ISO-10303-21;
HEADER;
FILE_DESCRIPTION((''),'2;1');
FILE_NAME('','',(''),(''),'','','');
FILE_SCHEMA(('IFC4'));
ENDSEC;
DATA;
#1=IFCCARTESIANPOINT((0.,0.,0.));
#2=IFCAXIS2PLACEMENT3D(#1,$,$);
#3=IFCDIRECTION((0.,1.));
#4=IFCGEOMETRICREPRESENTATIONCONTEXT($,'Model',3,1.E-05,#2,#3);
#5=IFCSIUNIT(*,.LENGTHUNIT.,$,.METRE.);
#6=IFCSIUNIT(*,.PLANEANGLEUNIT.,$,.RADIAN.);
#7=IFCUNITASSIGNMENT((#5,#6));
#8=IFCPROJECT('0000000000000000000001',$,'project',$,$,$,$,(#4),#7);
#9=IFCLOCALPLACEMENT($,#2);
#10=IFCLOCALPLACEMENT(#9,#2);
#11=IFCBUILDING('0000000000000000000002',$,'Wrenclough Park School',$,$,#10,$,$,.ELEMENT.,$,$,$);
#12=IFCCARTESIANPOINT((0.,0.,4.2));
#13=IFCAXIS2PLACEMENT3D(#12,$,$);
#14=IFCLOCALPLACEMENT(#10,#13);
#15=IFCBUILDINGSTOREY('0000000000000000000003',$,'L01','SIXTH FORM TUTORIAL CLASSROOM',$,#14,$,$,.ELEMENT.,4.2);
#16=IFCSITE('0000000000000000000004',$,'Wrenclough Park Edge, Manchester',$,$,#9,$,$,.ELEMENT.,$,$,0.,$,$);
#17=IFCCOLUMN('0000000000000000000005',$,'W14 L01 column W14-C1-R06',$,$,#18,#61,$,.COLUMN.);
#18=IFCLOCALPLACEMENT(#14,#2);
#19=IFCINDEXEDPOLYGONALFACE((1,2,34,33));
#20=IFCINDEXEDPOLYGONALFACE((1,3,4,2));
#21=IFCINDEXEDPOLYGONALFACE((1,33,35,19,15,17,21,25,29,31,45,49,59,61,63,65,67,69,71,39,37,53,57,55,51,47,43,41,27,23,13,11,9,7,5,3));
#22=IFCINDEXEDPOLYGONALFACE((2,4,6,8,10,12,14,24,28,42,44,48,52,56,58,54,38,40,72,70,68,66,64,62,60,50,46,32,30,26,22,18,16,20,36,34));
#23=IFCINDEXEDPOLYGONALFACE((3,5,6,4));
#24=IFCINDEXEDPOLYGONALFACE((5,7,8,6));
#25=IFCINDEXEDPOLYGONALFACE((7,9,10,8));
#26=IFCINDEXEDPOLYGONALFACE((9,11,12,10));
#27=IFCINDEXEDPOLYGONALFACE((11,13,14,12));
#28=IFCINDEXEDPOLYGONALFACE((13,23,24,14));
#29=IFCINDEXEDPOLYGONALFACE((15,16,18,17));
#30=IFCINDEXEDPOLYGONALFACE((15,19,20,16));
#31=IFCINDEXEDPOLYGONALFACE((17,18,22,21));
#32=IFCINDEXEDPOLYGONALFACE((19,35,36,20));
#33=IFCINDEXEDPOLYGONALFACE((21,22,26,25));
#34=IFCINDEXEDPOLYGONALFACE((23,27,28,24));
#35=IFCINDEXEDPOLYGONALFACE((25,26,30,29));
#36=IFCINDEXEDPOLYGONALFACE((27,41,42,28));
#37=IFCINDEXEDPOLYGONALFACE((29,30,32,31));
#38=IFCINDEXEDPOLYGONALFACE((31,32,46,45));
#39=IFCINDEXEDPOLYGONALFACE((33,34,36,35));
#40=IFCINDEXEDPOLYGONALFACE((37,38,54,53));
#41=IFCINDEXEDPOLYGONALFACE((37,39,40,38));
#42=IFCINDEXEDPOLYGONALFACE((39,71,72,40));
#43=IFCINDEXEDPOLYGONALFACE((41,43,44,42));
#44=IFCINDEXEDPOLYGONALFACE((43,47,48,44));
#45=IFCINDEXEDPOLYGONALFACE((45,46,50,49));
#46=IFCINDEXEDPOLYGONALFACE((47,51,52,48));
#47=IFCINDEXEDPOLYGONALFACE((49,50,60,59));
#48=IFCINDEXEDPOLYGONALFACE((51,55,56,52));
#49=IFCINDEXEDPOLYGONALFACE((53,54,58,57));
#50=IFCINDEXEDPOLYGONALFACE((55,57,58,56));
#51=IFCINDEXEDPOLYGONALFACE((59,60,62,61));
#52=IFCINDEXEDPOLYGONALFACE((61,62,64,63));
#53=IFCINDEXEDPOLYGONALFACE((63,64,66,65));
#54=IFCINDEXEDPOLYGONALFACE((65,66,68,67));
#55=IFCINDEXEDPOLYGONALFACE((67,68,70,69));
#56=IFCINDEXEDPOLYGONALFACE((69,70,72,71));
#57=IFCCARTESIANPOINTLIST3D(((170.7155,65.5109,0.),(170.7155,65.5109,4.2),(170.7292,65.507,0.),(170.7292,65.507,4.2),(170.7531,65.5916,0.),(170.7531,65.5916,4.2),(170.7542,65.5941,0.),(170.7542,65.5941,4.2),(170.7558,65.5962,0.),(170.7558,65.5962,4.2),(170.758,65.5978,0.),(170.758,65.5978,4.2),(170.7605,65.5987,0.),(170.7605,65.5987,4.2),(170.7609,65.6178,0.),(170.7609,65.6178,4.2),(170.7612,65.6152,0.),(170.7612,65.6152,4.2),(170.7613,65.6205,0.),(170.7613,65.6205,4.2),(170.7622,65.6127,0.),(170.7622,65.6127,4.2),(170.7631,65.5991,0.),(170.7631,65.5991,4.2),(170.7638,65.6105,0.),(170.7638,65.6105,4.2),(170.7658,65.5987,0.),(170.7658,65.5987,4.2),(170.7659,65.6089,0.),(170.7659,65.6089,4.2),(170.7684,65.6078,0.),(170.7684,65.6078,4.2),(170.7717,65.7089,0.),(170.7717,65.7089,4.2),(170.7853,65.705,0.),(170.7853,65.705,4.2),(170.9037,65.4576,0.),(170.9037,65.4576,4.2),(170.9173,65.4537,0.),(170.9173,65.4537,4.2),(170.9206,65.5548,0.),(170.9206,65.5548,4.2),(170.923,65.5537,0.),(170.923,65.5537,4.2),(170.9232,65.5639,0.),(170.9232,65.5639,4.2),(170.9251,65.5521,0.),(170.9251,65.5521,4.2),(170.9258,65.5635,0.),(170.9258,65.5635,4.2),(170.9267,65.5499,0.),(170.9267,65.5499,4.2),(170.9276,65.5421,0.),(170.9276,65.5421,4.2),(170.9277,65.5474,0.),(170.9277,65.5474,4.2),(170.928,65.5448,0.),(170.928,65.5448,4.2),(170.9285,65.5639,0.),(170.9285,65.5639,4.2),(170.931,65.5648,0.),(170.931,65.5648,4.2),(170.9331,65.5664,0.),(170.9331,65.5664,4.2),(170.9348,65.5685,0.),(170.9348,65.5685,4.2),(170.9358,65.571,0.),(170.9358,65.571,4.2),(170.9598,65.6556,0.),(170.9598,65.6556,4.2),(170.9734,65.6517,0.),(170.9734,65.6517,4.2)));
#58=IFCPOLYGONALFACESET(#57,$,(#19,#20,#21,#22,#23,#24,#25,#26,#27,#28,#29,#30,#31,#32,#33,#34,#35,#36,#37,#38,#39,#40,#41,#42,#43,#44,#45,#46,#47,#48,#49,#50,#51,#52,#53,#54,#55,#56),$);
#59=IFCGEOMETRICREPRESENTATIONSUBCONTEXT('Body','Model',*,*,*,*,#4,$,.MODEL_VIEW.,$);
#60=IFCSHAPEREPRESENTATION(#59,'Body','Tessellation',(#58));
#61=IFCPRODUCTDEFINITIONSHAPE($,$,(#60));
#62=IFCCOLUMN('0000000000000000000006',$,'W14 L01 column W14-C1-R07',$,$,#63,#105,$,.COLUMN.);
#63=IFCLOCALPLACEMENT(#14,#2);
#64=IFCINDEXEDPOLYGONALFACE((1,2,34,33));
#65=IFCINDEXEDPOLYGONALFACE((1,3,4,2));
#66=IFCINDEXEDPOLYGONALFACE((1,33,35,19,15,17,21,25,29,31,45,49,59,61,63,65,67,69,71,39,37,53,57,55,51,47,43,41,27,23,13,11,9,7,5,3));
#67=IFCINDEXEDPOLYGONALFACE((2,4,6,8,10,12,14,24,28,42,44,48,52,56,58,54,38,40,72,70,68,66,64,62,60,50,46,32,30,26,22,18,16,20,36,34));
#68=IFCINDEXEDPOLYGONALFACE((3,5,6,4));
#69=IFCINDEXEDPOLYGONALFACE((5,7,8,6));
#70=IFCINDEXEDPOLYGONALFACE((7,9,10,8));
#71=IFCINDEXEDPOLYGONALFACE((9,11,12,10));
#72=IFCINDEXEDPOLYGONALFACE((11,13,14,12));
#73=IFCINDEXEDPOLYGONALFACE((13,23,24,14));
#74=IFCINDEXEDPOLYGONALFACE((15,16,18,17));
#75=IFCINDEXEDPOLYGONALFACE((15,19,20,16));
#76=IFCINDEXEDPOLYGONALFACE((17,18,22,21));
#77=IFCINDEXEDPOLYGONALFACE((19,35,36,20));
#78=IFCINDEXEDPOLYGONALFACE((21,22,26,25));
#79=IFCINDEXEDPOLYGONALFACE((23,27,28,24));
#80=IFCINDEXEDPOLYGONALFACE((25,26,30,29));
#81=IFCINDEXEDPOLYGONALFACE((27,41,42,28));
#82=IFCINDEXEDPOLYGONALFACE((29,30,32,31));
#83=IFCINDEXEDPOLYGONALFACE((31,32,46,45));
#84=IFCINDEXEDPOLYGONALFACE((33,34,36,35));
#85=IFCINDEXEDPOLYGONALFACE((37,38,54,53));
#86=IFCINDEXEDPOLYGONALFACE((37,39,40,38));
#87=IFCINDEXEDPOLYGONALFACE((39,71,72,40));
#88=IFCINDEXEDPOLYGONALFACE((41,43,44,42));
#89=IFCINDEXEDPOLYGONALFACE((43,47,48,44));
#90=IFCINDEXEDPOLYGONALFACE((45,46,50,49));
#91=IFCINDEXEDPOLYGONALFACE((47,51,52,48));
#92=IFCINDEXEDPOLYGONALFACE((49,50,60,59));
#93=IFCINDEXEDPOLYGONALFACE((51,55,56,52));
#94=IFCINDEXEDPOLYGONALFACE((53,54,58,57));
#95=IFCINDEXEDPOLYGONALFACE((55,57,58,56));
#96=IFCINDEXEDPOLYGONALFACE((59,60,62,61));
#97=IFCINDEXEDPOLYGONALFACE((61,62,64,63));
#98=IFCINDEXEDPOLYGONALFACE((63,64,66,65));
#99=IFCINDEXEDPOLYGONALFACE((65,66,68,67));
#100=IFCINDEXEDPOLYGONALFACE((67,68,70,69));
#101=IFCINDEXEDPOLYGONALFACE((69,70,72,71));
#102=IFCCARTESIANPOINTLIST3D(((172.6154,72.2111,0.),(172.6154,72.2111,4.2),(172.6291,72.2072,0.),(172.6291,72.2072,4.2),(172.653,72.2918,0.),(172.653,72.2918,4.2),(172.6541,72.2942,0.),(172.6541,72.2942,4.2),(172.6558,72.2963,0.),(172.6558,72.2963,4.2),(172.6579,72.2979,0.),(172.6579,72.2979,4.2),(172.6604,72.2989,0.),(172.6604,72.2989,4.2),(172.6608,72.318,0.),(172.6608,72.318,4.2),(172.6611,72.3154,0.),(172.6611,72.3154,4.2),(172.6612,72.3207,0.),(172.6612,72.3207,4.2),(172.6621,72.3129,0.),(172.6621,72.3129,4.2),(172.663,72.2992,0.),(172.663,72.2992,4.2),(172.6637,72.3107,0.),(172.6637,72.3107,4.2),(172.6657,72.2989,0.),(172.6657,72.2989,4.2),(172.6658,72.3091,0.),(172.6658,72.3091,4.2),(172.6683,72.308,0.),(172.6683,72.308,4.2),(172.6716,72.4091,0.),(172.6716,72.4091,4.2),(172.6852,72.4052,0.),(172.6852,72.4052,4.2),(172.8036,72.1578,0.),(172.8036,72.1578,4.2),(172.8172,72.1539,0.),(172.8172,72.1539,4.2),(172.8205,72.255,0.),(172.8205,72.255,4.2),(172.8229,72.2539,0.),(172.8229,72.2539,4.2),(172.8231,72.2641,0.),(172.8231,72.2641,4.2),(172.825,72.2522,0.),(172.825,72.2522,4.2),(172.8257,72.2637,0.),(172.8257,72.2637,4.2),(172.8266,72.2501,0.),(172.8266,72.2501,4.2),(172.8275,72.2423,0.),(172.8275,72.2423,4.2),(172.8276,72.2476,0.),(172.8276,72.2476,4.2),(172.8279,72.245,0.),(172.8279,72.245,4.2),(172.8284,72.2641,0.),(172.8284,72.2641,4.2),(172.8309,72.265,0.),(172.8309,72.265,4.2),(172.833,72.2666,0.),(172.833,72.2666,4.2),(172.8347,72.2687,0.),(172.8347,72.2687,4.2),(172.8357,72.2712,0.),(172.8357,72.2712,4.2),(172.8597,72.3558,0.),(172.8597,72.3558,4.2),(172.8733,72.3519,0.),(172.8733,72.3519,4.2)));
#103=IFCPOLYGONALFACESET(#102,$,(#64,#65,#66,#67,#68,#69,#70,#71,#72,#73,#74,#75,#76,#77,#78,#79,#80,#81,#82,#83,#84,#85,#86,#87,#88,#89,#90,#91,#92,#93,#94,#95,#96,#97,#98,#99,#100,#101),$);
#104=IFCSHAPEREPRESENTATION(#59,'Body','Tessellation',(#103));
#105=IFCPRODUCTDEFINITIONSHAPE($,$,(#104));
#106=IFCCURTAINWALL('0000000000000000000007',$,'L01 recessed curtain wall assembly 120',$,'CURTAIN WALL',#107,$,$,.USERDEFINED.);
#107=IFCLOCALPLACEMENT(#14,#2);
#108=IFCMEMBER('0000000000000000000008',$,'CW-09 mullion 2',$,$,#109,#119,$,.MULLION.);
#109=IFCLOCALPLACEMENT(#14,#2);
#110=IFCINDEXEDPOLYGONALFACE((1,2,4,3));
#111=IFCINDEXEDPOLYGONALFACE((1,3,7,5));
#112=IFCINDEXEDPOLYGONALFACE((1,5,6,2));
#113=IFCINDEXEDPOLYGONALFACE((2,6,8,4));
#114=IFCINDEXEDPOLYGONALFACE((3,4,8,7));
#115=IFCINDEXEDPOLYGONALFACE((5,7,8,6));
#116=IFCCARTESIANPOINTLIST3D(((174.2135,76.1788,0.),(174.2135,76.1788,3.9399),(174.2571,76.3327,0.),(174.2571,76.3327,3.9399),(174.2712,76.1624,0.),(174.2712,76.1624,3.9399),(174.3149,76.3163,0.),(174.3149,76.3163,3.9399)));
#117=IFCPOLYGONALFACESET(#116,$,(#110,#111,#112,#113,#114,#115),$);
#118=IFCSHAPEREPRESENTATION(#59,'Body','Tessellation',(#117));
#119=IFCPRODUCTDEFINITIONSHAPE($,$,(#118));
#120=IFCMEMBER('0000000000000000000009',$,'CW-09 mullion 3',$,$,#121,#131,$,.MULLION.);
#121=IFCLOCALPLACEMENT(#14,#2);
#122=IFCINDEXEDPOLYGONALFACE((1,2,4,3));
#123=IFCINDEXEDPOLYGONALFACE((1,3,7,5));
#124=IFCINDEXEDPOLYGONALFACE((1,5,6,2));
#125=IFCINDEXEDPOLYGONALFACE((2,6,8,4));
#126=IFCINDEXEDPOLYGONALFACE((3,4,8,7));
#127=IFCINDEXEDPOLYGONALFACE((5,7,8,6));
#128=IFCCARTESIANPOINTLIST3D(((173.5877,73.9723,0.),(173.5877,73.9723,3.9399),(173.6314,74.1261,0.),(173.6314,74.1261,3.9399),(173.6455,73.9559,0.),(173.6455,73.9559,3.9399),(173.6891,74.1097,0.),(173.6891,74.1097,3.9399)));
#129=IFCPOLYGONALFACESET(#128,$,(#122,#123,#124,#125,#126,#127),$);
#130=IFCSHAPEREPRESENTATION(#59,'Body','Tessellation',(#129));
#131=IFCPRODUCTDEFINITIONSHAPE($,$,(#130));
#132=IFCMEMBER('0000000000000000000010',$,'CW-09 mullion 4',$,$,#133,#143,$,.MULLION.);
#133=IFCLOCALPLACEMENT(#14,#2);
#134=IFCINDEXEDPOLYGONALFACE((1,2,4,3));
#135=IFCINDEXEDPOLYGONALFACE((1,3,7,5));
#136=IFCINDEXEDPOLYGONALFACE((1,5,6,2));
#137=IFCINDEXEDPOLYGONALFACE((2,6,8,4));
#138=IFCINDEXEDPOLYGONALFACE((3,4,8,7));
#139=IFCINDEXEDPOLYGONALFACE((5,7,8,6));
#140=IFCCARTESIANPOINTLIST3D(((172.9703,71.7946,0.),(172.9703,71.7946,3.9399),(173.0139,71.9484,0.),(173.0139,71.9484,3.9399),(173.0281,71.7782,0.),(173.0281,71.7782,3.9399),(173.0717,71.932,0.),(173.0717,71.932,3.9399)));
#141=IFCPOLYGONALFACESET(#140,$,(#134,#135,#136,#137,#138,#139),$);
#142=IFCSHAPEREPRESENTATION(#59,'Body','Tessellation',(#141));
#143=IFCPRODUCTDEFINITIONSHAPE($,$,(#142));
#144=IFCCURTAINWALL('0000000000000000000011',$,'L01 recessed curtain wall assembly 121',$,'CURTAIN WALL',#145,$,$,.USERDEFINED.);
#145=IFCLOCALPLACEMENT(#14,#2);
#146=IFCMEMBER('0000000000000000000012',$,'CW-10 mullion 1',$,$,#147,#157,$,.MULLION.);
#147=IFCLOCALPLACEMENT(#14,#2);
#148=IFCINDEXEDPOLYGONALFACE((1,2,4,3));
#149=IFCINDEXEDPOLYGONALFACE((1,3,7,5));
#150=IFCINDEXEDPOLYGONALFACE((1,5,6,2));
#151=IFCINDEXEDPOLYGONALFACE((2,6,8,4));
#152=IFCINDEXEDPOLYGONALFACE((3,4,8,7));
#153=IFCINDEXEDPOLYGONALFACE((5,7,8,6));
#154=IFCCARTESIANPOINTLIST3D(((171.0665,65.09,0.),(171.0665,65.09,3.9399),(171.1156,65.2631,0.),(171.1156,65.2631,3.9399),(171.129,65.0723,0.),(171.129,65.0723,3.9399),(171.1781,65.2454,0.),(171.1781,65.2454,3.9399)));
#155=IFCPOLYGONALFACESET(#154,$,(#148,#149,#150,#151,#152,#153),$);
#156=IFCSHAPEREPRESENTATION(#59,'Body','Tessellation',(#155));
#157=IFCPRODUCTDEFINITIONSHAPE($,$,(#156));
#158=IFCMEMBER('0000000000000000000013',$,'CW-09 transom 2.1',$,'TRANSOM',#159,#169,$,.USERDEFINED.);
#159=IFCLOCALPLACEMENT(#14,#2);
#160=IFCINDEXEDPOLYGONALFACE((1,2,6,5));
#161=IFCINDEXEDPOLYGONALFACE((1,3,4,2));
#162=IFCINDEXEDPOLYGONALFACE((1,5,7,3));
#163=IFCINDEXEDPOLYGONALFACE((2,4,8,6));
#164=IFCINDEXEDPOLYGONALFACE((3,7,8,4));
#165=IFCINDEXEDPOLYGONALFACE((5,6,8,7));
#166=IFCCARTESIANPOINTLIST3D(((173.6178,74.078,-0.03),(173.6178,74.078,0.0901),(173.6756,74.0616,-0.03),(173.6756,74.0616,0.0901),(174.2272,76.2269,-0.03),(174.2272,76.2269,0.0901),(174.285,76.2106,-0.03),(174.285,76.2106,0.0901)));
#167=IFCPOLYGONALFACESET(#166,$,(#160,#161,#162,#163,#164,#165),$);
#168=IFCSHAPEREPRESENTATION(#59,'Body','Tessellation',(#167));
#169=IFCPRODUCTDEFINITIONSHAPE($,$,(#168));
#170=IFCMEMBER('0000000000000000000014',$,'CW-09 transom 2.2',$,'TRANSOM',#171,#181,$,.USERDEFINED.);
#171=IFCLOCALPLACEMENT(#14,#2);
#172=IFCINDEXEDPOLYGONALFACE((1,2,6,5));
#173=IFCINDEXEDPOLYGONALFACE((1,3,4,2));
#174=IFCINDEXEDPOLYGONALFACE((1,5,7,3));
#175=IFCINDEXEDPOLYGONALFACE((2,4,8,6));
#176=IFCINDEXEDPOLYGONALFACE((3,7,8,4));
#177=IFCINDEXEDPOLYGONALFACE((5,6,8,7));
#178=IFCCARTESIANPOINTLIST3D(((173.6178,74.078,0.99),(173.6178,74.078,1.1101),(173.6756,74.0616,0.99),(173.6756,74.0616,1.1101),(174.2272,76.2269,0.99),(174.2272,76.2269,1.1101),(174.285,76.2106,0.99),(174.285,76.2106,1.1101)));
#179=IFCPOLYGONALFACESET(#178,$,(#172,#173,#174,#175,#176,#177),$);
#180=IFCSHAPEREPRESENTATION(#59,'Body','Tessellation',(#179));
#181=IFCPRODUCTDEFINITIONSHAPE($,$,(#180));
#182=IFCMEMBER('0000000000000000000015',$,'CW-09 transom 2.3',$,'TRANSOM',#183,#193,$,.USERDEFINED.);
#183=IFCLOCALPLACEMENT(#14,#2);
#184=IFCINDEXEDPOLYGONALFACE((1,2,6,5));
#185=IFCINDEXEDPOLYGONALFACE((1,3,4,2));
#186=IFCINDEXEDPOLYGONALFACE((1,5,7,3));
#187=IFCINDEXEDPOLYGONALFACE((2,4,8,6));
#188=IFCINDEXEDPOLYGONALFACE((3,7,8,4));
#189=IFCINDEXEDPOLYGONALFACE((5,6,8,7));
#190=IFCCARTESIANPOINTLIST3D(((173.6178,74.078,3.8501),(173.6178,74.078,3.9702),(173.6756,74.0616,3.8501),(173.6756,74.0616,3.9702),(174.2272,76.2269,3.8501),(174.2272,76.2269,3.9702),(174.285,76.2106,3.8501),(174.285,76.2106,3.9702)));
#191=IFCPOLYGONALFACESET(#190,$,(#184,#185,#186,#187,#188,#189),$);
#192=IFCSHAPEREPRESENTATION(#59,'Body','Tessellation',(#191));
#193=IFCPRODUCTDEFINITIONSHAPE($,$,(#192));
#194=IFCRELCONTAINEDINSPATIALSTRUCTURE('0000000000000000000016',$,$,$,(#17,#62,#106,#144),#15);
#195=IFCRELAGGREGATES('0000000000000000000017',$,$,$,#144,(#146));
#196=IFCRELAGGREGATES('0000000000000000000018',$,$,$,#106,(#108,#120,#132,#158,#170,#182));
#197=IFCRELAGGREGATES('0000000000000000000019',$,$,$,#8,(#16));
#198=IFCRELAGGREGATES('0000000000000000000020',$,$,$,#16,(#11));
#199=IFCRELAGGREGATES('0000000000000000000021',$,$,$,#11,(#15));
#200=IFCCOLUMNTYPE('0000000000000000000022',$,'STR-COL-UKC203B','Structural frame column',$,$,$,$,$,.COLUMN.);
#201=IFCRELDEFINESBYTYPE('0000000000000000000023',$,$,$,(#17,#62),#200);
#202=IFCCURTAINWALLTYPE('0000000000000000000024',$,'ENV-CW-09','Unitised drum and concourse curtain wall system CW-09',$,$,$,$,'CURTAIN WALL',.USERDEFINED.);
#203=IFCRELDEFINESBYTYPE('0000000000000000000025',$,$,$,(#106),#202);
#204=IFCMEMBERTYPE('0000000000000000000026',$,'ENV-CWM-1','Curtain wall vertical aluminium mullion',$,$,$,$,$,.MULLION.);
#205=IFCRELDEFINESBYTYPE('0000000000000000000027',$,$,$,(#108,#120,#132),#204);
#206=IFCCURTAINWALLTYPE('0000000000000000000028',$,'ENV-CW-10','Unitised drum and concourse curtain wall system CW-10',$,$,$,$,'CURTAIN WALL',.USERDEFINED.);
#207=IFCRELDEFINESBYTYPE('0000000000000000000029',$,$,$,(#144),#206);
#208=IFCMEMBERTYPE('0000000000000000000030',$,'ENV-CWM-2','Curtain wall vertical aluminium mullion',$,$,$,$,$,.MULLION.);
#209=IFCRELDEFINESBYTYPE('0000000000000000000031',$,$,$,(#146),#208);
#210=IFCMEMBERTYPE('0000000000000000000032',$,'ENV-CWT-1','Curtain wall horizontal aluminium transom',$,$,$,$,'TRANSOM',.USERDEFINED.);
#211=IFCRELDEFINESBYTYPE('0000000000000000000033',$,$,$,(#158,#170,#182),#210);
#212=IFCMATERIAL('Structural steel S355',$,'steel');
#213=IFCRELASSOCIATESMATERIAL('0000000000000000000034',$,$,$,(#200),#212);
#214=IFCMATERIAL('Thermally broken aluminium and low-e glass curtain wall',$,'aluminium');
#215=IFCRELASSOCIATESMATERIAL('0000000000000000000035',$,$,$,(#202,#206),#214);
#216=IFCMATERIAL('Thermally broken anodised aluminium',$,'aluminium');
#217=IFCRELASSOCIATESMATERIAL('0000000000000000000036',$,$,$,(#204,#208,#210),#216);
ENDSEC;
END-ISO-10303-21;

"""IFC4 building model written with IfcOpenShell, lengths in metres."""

from ifc_helpers import new_model, si_unit, direction, frame, origin, origin_2d, place, context, subcontext, project, spatial, rectangle, i_section, extrude, material, material_profile, profile_set, type_object, element, aggregate, save


model = new_model("IFC4")

# Units and contexts
model_context = context("Model", 3, precision=1e-05, world=origin(), true_north=direction((0.0, 1.0)))
body_context = subcontext(model_context, "Body", "Model", "MODEL_VIEW")
ifc_project = project(units=[si_unit("LENGTHUNIT", "METRE"), si_unit("PLANEANGLEUNIT", "RADIAN")], contexts=[model_context])

# Site, building, storey
site_placement = place(None, origin())
site = spatial("IfcSite", under=ifc_project, at=site_placement, Name="Wrenclough Park Edge, Manchester", CompositionType="ELEMENT", RefElevation=0.0)
building_placement = place(site_placement, origin())
building = spatial("IfcBuilding", under=site, at=building_placement, Name="Wrenclough Park School", CompositionType="ELEMENT")
storey_placement = place(building_placement, frame((0.0, 0.0, 4.2)))
storey = spatial("IfcBuildingStorey", under=building, at=storey_placement, Name="L01", Description="SIXTH FORM TUTORIAL CLASSROOM", CompositionType="ELEMENT", Elevation=4.2)

# Columns
ifc_material_1 = material(Name="Structural steel S355", Category="steel")
ifc_material_profile_1 = material_profile(ifc_material_1, i_section(OverallWidth=0.2058, OverallDepth=0.2097, WebThickness=0.0095, FlangeThickness=0.0142, FilletRadius=0.0103, at=origin_2d()), Name="UKC 203x203x60")
ifc_profile_set_1 = profile_set([ifc_material_profile_1], Name="Structural steel S355")
column_type = type_object("IfcColumnType", Name="STR-COL-UKC203B", Description="Structural frame column", PredefinedType="COLUMN", material=ifc_profile_set_1)
for number, where, z_axis, x_axis, name in (
    (1, (170.8445, 65.5813, 0.0), (0.0, 0.0, 1.0), (0.272784, 0.962075, 0.0), "W14 L01 column W14-C1-R06"),
    (2, (172.7444, 72.2815, 0.0), (0.0, 0.0, 1.0), (0.272784, 0.962075, 0.0), "W14 L01 column W14-C1-R07"),
):
    element("IfcColumn", number, at=place(storey_placement, frame(where, z_axis=z_axis, x_axis=x_axis)), inside=storey, type_object=column_type, Name=name, PredefinedType="COLUMN", context=body_context, shape_type="SweptSolid", body=[
        extrude(i_section(OverallWidth=0.2058, OverallDepth=0.2097, WebThickness=0.0095, FlangeThickness=0.0142, FilletRadius=0.0103, at=origin_2d()), origin(), (0.0, 0.0, 1.0), 4.2),
    ])

# Curtain wall, members
ifc_material_2 = material(Name="Thermally broken aluminium and low-e glass curtain wall", Category="aluminium")
curtain_wall_type_1 = type_object("IfcCurtainWallType", Name="ENV-CW-09", Description="Unitised drum and concourse curtain wall system CW-09", ElementType="CURTAIN WALL", PredefinedType="USERDEFINED", material=ifc_material_2)
curtain_wall_1_placement = place(storey_placement, origin())
curtain_wall_1 = element("IfcCurtainWall", 3, at=curtain_wall_1_placement, inside=storey, type_object=curtain_wall_type_1, Name="L01 recessed curtain wall assembly 120", ObjectType="CURTAIN WALL", PredefinedType="USERDEFINED")
ifc_material_3 = material(Name="Thermally broken anodised aluminium", Category="aluminium")
ifc_material_profile_2 = material_profile(ifc_material_3, rectangle(XDim=0.0601, YDim=0.1599, at=origin_2d()), Name="AL MULLION 60x160")
ifc_profile_set_2 = profile_set([ifc_material_profile_2], Name="Thermally broken anodised aluminium")
member_type_1 = type_object("IfcMemberType", Name="ENV-CWM-1", Description="Curtain wall vertical aluminium mullion", PredefinedType="MULLION", material=ifc_profile_set_2)
member_1_placement = place(storey_placement, frame((174.2642, 76.2476, 0.0), z_axis=(0.0, 0.0, 1.0), x_axis=(0.962063, -0.272826, 0.0)))
member_1 = element("IfcMember", 4, at=member_1_placement, type_object=member_type_1, Name="CW-09 mullion 2", PredefinedType="MULLION", context=body_context, shape_type="SweptSolid", body=[
    extrude(rectangle(XDim=0.0601, YDim=0.1599, at=origin_2d()), origin(), (0.0, 0.0, 1.0), 3.9399),
])
member_2_placement = place(storey_placement, frame((173.6384, 74.041, 0.0), z_axis=(0.0, 0.0, 1.0), x_axis=(0.962063, -0.272826, 0.0)))
member_2 = element("IfcMember", 5, at=member_2_placement, type_object=member_type_1, Name="CW-09 mullion 3", PredefinedType="MULLION", context=body_context, shape_type="SweptSolid", body=[
    extrude(rectangle(XDim=0.0601, YDim=0.1599, at=origin_2d()), origin(), (0.0, 0.0, 1.0), 3.9399),
])
member_3_placement = place(storey_placement, frame((173.021, 71.8633, 0.0), z_axis=(0.0, 0.0, 1.0), x_axis=(0.962063, -0.272826, 0.0)))
member_3 = element("IfcMember", 6, at=member_3_placement, type_object=member_type_1, Name="CW-09 mullion 4", PredefinedType="MULLION", context=body_context, shape_type="SweptSolid", body=[
    extrude(rectangle(XDim=0.0601, YDim=0.1599, at=origin_2d()), origin(), (0.0, 0.0, 1.0), 3.9399),
])

# Curtain wall, member
curtain_wall_type_2 = type_object("IfcCurtainWallType", Name="ENV-CW-10", Description="Unitised drum and concourse curtain wall system CW-10", ElementType="CURTAIN WALL", PredefinedType="USERDEFINED", material=ifc_material_2)
curtain_wall_2_placement = place(storey_placement, origin())
curtain_wall_2 = element("IfcCurtainWall", 7, at=curtain_wall_2_placement, inside=storey, type_object=curtain_wall_type_2, Name="L01 recessed curtain wall assembly 121", ObjectType="CURTAIN WALL", PredefinedType="USERDEFINED")
ifc_material_profile_3 = material_profile(ifc_material_3, rectangle(XDim=0.0649, YDim=0.1799, at=origin_2d()), Name="AL MULLION 65x180")
ifc_profile_set_3 = profile_set([ifc_material_profile_3], Name="Thermally broken anodised aluminium")
member_type_2 = type_object("IfcMemberType", Name="ENV-CWM-2", Description="Curtain wall vertical aluminium mullion", PredefinedType="MULLION", material=ifc_profile_set_3)
member_4_placement = place(storey_placement, frame((171.1223, 65.1677, 0.0), z_axis=(0.0, 0.0, 1.0), x_axis=(0.962063, -0.272826, 0.0)))
member_4 = element("IfcMember", 8, at=member_4_placement, type_object=member_type_2, Name="CW-10 mullion 1", PredefinedType="MULLION", context=body_context, shape_type="SweptSolid", body=[
    extrude(rectangle(XDim=0.0649, YDim=0.1799, at=origin_2d()), origin(), (0.0, 0.0, 1.0), 3.9399),
])

# Members
ifc_material_profile_4 = material_profile(ifc_material_3, rectangle(XDim=0.0601, YDim=0.1201, at=origin_2d()), Name="AL TRANSOM 60x120")
ifc_profile_set_4 = profile_set([ifc_material_profile_4], Name="Thermally broken anodised aluminium")
member_type_3 = type_object("IfcMemberType", Name="ENV-CWT-1", Description="Curtain wall horizontal aluminium transom", ElementType="TRANSOM", PredefinedType="USERDEFINED", material=ifc_profile_set_4)
member_5_placement = place(storey_placement, frame((174.2561, 76.2188, 0.03), z_axis=(-0.272815, -0.962067, 0.0), x_axis=(0.962067, -0.272815, 0.0)))
member_5 = element("IfcMember", 9, at=member_5_placement, type_object=member_type_3, Name="CW-09 transom 2.1", ObjectType="TRANSOM", PredefinedType="USERDEFINED", context=body_context, shape_type="SweptSolid", body=[
    extrude(rectangle(XDim=0.0601, YDim=0.1201, at=origin_2d()), origin(), (0.0, 0.0, 1.0), 2.2336),
])
member_6_placement = place(storey_placement, frame((174.2561, 76.2188, 1.05), z_axis=(-0.272815, -0.962067, 0.0), x_axis=(0.962067, -0.272815, 0.0)))
member_6 = element("IfcMember", 10, at=member_6_placement, type_object=member_type_3, Name="CW-09 transom 2.2", ObjectType="TRANSOM", PredefinedType="USERDEFINED", context=body_context, shape_type="SweptSolid", body=[
    extrude(rectangle(XDim=0.0601, YDim=0.1201, at=origin_2d()), origin(), (0.0, 0.0, 1.0), 2.2336),
])
member_7_placement = place(storey_placement, frame((174.2561, 76.2188, 3.9102), z_axis=(-0.272815, -0.962067, 0.0), x_axis=(0.962067, -0.272815, 0.0)))
member_7 = element("IfcMember", 11, at=member_7_placement, type_object=member_type_3, Name="CW-09 transom 2.3", ObjectType="TRANSOM", PredefinedType="USERDEFINED", context=body_context, shape_type="SweptSolid", body=[
    extrude(rectangle(XDim=0.0601, YDim=0.1201, at=origin_2d()), origin(), (0.0, 0.0, 1.0), 2.2336),
])
aggregate(curtain_wall_2, [member_4])

aggregate(curtain_wall_1, [member_1, member_2, member_3, member_5, member_6, member_7])

save(model, "model.ifc")
